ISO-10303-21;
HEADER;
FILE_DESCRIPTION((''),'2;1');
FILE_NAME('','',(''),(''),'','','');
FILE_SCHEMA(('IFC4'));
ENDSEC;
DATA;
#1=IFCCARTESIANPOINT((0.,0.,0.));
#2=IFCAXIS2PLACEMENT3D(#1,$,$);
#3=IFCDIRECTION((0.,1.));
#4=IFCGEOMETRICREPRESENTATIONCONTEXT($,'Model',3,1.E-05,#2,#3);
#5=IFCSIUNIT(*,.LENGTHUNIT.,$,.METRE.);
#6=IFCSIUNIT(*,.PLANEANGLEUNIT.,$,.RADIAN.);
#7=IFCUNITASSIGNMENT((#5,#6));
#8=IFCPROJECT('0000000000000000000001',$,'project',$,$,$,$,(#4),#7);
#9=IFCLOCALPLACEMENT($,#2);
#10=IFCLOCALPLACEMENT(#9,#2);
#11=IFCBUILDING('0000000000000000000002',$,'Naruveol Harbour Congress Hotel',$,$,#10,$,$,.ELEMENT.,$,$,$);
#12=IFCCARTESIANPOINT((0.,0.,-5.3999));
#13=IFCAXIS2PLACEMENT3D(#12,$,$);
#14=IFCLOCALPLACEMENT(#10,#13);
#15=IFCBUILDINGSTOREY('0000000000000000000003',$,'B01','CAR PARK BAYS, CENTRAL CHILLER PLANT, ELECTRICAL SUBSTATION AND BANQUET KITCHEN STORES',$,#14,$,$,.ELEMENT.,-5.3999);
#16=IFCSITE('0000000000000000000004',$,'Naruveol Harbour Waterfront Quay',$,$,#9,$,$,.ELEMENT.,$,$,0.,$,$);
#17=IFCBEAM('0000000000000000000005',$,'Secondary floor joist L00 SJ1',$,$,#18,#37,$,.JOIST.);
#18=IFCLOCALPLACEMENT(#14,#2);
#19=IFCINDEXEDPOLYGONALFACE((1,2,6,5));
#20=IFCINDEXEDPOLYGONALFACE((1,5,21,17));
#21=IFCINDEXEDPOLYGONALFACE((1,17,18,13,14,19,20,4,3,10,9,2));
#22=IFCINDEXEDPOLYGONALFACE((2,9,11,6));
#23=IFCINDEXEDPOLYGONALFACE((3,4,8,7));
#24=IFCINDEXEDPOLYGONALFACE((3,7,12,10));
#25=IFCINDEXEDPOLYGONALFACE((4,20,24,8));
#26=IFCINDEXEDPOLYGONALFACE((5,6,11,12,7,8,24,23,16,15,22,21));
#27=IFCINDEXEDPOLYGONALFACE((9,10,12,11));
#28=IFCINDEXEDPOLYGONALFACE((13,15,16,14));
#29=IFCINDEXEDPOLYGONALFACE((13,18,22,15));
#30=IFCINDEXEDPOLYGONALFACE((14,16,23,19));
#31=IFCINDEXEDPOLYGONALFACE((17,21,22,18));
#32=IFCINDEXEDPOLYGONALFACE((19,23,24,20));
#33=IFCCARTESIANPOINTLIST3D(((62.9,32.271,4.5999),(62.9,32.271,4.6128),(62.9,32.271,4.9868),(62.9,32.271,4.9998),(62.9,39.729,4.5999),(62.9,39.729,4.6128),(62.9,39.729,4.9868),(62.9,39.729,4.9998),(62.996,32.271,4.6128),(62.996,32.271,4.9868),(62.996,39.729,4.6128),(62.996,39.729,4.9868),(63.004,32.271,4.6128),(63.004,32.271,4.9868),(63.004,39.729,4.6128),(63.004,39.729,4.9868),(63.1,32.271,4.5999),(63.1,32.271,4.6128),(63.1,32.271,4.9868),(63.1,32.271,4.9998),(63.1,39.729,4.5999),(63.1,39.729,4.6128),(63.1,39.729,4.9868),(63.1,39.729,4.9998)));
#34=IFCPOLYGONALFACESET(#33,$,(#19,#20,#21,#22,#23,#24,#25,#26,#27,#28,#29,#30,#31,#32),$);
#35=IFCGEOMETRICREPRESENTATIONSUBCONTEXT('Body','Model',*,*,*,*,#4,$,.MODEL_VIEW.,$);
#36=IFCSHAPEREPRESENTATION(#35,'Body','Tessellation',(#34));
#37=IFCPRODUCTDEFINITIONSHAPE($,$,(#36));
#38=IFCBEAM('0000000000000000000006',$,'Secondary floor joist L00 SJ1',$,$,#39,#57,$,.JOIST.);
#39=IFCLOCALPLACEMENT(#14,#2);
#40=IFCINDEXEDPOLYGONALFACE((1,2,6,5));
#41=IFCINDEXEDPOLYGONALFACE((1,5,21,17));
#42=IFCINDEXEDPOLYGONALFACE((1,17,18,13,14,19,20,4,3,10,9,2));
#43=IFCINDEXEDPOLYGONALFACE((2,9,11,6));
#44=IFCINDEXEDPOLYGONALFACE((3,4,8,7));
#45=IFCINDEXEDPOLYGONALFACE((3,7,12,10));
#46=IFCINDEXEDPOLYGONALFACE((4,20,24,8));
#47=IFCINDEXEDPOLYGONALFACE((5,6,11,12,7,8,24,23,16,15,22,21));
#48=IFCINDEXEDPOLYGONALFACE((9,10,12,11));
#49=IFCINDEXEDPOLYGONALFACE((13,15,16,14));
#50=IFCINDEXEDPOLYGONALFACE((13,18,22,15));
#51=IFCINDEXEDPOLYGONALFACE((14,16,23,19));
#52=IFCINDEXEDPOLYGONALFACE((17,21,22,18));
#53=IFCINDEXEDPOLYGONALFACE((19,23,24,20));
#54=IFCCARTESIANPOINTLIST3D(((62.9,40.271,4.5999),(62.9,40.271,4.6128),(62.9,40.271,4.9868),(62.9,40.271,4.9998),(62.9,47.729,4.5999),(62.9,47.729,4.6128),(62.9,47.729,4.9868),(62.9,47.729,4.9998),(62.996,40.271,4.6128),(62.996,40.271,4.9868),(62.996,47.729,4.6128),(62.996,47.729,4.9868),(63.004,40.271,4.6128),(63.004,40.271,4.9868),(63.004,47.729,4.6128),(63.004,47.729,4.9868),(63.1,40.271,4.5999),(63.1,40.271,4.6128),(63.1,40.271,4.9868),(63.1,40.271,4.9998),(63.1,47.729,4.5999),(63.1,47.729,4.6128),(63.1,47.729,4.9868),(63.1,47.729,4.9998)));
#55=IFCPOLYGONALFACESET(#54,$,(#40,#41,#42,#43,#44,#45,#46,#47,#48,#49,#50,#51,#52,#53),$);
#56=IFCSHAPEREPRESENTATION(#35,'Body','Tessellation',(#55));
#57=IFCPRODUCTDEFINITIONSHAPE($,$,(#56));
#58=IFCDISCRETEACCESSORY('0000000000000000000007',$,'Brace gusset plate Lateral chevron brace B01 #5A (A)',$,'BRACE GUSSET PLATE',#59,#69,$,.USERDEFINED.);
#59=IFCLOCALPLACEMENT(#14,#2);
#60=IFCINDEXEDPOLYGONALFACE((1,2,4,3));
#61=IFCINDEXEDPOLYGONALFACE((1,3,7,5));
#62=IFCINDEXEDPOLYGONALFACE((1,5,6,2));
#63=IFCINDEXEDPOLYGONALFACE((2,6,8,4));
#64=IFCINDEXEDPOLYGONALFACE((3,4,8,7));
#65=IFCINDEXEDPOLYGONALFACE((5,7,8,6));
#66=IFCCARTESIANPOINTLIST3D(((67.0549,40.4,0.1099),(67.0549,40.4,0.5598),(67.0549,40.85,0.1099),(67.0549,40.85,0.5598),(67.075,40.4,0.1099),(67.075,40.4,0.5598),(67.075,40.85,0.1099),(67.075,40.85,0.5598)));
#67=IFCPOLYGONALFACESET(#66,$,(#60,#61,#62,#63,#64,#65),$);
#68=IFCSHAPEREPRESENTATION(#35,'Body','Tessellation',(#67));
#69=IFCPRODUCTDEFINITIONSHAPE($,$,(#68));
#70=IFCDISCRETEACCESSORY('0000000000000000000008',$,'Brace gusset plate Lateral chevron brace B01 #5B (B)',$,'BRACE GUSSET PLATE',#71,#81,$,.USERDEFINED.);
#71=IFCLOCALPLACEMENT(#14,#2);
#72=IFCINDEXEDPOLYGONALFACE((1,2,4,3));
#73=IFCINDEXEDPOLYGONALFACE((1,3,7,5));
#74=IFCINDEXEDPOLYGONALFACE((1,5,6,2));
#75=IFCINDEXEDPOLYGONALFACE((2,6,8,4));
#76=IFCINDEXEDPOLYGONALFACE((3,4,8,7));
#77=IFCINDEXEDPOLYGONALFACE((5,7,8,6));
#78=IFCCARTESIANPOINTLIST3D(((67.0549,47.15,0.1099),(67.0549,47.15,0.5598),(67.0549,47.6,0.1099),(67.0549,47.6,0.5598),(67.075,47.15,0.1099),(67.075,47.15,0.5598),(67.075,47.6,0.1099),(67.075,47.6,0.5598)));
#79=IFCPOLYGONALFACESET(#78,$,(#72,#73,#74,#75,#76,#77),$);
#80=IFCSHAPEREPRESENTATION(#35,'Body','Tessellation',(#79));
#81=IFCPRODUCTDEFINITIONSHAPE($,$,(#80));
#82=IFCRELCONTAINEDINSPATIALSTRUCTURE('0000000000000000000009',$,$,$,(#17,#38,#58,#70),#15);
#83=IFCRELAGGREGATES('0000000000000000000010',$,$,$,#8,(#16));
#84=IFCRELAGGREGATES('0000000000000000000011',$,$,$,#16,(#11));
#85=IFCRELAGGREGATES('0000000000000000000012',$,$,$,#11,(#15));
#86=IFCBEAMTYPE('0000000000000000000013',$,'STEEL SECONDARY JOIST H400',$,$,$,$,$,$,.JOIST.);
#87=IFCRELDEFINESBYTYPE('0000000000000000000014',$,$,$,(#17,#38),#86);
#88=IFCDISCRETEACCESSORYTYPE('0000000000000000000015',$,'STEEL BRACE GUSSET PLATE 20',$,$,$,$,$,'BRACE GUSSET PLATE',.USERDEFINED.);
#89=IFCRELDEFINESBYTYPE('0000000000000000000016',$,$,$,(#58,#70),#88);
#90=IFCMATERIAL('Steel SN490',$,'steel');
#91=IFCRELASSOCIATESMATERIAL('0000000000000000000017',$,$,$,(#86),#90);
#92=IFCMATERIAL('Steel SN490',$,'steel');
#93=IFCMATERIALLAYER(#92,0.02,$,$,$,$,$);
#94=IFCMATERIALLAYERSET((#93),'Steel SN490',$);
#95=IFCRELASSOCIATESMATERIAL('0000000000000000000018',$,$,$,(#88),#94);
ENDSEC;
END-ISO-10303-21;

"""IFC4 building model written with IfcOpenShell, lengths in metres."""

from ifc_helpers import new_model, si_unit, direction, frame, origin, origin_2d, place, context, subcontext, project, spatial, rectangle, i_section, extrude, material, layer, layer_set, material_profile, profile_set, type_object, element, save


model = new_model("IFC4")

# Units and contexts
model_context = context("Model", 3, precision=1e-05, world=origin(), true_north=direction((0.0, 1.0)))
body_context = subcontext(model_context, "Body", "Model", "MODEL_VIEW")
ifc_project = project(units=[si_unit("LENGTHUNIT", "METRE"), si_unit("PLANEANGLEUNIT", "RADIAN")], contexts=[model_context])

# Site, building, storey
site_placement = place(None, origin())
site = spatial("IfcSite", under=ifc_project, at=site_placement, Name="Naruveol Harbour Waterfront Quay", CompositionType="ELEMENT", RefElevation=0.0)
building_placement = place(site_placement, origin())
building = spatial("IfcBuilding", under=site, at=building_placement, Name="Naruveol Harbour Congress Hotel", CompositionType="ELEMENT")
storey_placement = place(building_placement, frame((0.0, 0.0, -5.3999)))
storey = spatial("IfcBuildingStorey", under=building, at=storey_placement, Name="B01", Description="CAR PARK BAYS, CENTRAL CHILLER PLANT, ELECTRICAL SUBSTATION AND BANQUET KITCHEN STORES", CompositionType="ELEMENT", Elevation=-5.3999)

# Beams
ifc_material_1 = material(Name="Steel SN490", Category="steel")
ifc_material_profile_1 = material_profile(ifc_material_1, i_section(OverallWidth=0.2, OverallDepth=0.3999, WebThickness=0.0081, FlangeThickness=0.0129, at=origin_2d()), Name="H-400x200x8x13")
ifc_profile_set_1 = profile_set([ifc_material_profile_1], Name="Steel SN490")
beam_type_1 = type_object("IfcBeamType", Name="STEEL SECONDARY JOIST H400", PredefinedType="JOIST", material=ifc_profile_set_1)
for number, where, z_axis, x_axis, name in (
    (1, (63.0, 32.271, 4.7998), (0.0, 1.0, 0.0), (-1.0, 0.0, 0.0), "Secondary floor joist L00 SJ1"),
    (2, (63.0, 40.271, 4.7998), (0.0, 1.0, 0.0), (-1.0, 0.0, 0.0), "Secondary floor joist L00 SJ1"),
):
    element("IfcBeam", number, at=place(storey_placement, frame(where, z_axis=z_axis, x_axis=x_axis)), inside=storey, type_object=beam_type_1, Name=name, PredefinedType="JOIST", context=body_context, shape_type="SweptSolid", body=[
        extrude(i_section(OverallWidth=0.2, OverallDepth=0.3999, WebThickness=0.0081, FlangeThickness=0.0129, at=origin_2d()), origin(), (0.0, 0.0, 1.0), 7.458),
    ])

# Discrete accessories
ifc_material_2 = material(Name="Steel SN490", Category="steel")
ifc_layer = layer(ifc_material_2, 0.02)
ifc_layer_set = layer_set([ifc_layer], Name="Steel SN490")
discrete_accessory_type = type_object("IfcDiscreteAccessoryType", Name="STEEL BRACE GUSSET PLATE 20", ElementType="BRACE GUSSET PLATE", PredefinedType="USERDEFINED", material=ifc_layer_set)
for number, where, z_axis, x_axis, name in (
    (3, (67.0649, 40.625, 0.1099), (0.0, 0.0, 1.0), (0.0, 1.0, 0.0), "Brace gusset plate Lateral chevron brace B01 #5A (A)"),
    (4, (67.0649, 47.375, 0.1099), (0.0, 0.0, 1.0), (0.0, -1.0, 0.0), "Brace gusset plate Lateral chevron brace B01 #5B (B)"),
):
    element("IfcDiscreteAccessory", number, at=place(storey_placement, frame(where, z_axis=z_axis, x_axis=x_axis)), inside=storey, type_object=discrete_accessory_type, Name=name, ObjectType="BRACE GUSSET PLATE", PredefinedType="USERDEFINED", context=body_context, shape_type="SweptSolid", body=[
        extrude(rectangle(XDim=0.45, YDim=0.02, at=origin_2d()), origin(), (0.0, 0.0, 1.0), 0.45),
    ])

save(model, "model.ifc")
